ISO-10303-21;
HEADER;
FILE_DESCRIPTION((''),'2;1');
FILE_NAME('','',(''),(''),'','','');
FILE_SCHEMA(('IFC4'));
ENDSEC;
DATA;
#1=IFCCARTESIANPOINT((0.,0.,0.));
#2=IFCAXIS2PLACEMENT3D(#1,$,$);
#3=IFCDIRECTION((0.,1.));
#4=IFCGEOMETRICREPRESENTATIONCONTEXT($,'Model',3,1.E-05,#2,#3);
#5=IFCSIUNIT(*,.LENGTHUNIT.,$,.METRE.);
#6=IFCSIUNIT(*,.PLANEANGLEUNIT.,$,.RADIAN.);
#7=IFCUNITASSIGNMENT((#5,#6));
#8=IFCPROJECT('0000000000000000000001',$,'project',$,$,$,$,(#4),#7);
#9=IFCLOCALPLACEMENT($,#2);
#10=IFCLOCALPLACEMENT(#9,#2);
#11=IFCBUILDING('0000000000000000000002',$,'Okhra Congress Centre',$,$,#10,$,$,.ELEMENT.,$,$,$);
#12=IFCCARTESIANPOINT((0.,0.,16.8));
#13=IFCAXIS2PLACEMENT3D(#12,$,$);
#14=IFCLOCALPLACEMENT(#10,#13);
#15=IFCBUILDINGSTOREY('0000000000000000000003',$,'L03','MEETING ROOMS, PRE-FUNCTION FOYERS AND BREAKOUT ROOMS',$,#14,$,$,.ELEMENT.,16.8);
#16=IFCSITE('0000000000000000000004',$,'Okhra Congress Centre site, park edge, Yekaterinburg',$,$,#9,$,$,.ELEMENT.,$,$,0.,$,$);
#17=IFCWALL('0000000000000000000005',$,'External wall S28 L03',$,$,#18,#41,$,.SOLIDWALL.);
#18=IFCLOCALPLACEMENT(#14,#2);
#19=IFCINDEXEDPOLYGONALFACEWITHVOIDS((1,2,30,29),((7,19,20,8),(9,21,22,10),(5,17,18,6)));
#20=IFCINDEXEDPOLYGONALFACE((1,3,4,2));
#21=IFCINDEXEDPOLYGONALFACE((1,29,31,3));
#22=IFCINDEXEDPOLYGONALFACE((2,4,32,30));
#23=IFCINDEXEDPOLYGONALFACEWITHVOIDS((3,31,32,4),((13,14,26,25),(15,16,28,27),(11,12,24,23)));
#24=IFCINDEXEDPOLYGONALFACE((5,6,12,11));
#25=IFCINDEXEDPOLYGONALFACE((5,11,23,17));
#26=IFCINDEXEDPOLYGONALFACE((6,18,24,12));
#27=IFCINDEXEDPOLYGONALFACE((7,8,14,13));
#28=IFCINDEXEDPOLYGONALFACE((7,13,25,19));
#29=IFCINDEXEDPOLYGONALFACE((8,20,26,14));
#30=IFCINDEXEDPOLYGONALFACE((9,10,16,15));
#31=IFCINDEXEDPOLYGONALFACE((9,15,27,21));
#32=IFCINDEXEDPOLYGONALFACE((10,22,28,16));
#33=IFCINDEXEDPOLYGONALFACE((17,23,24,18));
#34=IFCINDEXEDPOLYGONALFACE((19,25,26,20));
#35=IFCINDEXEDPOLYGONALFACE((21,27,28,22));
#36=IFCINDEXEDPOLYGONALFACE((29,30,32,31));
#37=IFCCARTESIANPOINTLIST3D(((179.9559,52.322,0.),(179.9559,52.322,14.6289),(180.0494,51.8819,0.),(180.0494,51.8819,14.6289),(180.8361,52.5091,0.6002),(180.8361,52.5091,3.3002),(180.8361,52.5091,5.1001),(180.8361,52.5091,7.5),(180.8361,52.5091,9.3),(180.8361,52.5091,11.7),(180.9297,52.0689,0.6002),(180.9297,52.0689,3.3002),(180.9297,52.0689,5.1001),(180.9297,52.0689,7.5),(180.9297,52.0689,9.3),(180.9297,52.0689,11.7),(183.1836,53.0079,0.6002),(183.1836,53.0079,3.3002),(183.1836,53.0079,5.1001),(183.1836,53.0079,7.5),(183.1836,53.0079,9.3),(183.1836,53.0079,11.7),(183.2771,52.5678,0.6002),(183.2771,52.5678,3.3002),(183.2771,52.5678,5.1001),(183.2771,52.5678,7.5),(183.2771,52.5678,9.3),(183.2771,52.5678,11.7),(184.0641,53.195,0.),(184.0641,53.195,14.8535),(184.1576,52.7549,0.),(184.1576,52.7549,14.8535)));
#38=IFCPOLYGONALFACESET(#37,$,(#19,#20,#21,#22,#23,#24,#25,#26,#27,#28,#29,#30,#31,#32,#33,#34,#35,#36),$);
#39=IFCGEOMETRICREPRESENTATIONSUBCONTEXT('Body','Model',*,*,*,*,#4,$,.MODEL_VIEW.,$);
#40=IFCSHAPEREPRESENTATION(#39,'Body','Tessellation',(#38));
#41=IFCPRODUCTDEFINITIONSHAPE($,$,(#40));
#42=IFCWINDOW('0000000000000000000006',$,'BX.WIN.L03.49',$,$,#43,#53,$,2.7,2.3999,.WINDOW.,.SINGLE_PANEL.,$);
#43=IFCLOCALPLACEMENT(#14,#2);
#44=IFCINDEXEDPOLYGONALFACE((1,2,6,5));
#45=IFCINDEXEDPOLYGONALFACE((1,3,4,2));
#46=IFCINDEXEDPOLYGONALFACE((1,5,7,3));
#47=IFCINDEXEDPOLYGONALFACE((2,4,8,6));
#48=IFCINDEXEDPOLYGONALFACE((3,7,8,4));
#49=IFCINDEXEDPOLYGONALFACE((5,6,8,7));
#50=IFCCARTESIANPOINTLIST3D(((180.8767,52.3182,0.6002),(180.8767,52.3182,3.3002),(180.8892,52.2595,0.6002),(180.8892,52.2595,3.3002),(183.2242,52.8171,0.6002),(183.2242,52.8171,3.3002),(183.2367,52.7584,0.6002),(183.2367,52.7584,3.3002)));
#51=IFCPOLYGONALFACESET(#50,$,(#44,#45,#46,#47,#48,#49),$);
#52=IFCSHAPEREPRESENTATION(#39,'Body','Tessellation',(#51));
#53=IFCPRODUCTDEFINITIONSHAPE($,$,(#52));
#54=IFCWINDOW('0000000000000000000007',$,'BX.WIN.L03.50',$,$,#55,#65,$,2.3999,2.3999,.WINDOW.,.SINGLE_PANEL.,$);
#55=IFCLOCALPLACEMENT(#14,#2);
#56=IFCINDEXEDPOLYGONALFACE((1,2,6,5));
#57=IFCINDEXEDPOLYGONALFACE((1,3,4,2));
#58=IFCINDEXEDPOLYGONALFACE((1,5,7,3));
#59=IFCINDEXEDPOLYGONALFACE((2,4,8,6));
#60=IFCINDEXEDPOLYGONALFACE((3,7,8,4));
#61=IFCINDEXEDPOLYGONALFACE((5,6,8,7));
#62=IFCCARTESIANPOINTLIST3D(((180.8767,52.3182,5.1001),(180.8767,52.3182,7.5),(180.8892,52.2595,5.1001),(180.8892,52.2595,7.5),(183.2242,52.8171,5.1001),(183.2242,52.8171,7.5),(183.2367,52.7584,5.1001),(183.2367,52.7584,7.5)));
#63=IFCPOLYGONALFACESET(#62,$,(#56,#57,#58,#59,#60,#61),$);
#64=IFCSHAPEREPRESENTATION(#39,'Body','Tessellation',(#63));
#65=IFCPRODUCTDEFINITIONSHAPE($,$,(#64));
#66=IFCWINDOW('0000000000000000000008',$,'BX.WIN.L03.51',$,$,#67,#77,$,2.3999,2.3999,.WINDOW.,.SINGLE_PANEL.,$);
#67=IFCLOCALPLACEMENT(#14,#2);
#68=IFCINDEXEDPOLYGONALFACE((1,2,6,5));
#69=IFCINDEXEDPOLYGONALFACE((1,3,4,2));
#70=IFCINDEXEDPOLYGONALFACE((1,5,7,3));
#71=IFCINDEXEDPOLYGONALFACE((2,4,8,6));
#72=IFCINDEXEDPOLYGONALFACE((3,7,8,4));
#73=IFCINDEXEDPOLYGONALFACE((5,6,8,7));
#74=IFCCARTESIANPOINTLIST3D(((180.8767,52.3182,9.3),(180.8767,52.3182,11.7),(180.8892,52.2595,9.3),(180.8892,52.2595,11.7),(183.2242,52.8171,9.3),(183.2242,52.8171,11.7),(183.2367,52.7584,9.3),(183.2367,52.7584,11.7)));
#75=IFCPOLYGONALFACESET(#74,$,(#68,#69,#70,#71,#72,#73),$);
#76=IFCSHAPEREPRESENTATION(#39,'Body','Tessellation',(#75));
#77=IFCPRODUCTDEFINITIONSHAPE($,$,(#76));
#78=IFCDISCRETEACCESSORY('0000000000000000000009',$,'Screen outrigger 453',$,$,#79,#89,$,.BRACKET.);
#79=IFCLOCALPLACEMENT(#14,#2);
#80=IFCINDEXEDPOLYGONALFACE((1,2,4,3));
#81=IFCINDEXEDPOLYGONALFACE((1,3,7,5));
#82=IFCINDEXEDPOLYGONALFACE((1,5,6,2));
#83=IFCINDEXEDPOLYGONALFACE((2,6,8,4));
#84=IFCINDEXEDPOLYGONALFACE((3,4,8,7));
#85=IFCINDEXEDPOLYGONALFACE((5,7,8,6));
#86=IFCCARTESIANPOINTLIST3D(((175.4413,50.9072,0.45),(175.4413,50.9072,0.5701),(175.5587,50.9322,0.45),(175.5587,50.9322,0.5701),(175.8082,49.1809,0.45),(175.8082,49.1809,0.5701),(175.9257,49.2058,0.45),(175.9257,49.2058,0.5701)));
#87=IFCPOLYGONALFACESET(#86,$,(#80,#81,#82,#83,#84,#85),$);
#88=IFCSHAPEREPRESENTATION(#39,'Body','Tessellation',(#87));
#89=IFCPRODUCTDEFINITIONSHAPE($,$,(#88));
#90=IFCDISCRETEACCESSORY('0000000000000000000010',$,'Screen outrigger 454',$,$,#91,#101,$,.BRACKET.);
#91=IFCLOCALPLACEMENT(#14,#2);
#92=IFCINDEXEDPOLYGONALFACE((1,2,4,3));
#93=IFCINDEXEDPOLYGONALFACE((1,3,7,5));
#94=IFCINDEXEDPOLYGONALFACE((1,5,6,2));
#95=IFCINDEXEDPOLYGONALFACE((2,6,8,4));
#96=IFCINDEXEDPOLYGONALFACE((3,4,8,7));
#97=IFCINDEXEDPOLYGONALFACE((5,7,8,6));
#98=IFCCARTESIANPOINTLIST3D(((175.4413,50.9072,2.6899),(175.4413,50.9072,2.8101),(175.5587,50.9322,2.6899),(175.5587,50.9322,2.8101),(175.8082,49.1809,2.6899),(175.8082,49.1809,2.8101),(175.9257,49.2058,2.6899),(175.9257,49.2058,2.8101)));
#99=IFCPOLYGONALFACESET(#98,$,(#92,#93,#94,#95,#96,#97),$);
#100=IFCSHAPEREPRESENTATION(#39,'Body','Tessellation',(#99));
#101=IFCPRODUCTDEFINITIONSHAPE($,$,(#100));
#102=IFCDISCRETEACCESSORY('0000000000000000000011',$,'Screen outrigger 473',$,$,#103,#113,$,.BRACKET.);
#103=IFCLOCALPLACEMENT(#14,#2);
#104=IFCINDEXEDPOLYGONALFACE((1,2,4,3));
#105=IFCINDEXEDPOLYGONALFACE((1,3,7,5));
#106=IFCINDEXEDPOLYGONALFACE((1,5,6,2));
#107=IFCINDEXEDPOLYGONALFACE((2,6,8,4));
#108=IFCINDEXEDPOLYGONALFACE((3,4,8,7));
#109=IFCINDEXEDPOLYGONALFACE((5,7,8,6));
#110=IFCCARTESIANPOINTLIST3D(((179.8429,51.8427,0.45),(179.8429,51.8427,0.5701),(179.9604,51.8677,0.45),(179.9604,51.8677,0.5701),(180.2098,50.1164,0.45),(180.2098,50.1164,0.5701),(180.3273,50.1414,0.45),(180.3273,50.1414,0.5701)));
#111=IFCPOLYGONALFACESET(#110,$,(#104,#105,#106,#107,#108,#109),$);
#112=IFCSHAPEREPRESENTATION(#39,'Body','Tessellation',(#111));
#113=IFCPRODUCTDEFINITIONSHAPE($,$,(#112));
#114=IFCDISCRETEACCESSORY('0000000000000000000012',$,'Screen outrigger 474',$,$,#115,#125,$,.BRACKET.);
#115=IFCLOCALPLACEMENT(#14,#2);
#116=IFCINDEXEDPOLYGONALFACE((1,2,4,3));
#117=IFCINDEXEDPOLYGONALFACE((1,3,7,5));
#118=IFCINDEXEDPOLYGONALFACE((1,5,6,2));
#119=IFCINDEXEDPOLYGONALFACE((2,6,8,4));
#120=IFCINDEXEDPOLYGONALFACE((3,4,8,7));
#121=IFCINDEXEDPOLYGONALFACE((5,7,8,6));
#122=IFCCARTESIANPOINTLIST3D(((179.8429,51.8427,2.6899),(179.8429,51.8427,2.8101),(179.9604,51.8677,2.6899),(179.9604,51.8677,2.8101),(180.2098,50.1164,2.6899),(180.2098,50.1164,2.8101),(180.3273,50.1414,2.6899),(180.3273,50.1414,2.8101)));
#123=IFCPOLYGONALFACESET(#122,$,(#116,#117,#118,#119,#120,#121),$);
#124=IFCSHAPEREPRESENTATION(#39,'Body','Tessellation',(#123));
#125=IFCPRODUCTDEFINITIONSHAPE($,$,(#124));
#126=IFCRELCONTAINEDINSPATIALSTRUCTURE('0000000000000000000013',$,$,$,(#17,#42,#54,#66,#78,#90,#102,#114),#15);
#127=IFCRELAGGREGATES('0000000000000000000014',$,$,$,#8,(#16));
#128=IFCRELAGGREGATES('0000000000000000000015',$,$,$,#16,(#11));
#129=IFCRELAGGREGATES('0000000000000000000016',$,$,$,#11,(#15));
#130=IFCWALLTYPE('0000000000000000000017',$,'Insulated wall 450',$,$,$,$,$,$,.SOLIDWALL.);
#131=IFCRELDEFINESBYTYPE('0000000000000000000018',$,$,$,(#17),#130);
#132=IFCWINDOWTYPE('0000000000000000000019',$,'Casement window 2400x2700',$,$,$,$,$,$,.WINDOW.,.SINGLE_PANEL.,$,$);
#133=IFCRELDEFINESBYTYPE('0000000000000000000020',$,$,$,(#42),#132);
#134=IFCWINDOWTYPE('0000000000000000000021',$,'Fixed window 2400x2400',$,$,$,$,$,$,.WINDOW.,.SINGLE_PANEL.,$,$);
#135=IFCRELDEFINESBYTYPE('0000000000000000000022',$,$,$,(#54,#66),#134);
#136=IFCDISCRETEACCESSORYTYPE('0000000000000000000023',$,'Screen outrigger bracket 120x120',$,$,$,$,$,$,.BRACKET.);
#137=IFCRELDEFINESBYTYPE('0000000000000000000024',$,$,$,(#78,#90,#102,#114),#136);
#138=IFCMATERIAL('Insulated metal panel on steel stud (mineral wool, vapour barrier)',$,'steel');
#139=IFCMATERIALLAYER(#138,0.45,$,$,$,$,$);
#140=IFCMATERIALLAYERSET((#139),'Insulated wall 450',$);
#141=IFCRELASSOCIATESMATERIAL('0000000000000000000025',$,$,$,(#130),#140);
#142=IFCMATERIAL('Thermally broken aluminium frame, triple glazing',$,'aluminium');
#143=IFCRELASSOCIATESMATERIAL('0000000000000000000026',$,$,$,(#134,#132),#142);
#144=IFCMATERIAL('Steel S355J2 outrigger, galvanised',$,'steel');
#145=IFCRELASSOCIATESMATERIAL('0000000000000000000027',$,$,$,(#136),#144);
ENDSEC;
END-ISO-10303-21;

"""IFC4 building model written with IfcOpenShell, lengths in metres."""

from ifc_helpers import new_model, si_unit, direction, frame, frame_2d, origin, origin_2d, place, context, subcontext, project, spatial, polyline, rectangle, outline, extrude, material, layer, layer_set, material_profile, profile_set, type_object, element, fill, save


model = new_model("IFC4")

# Units and contexts
model_context = context("Model", 3, precision=1e-05, world=origin(), true_north=direction((0.0, 1.0)))
body_context = subcontext(model_context, "Body", "Model", "MODEL_VIEW")
ifc_project = project(units=[si_unit("LENGTHUNIT", "METRE"), si_unit("PLANEANGLEUNIT", "RADIAN")], contexts=[model_context])

# Site, building, storey
site_placement = place(None, origin())
site = spatial("IfcSite", under=ifc_project, at=site_placement, Name="Okhra Congress Centre site, park edge, Yekaterinburg", CompositionType="ELEMENT", RefElevation=0.0)
building_placement = place(site_placement, origin())
building = spatial("IfcBuilding", under=site, at=building_placement, Name="Okhra Congress Centre", CompositionType="ELEMENT")
storey_placement = place(building_placement, frame((0.0, 0.0, 16.8)))
storey = spatial("IfcBuildingStorey", under=building, at=storey_placement, Name="L03", Description="MEETING ROOMS, PRE-FUNCTION FOYERS AND BREAKOUT ROOMS", CompositionType="ELEMENT", Elevation=16.8)

# Wall, openings, windows
ifc_material_1 = material(Name="Insulated metal panel on steel stud (mineral wool, vapour barrier)", Category="steel")
ifc_layer_1 = layer(ifc_material_1, 0.45)
ifc_layer_set_1 = layer_set([ifc_layer_1], Name="Insulated wall 450")
wall_type_1 = type_object("IfcWallType", Name="Insulated wall 450", PredefinedType="SOLIDWALL", material=ifc_layer_set_1)
ifc_material_2 = material(Name="Thermally broken aluminium frame, triple glazing", Category="aluminium")
window_type_1 = type_object("IfcWindowType", Name="Fixed window 2400x2400", PartitioningType="SINGLE_PANEL", PredefinedType="WINDOW", material=ifc_material_2)
wall_1_placement = place(storey_placement, frame((180.0027, 52.1018, 0.0), z_axis=(0.0, 0.0, 1.0), x_axis=(0.978156, 0.207873, 0.0)))
wall_1 = element("IfcWall", 1, at=wall_1_placement, inside=storey, type_object=wall_type_1, Name="External wall S28 L03", PredefinedType="SOLIDWALL", context=body_context, shape_type="SweptSolid", body=[
    extrude(outline(polyline([(0.0, 0.0), (4.2, 0.0), (4.2, 14.8535), (0.0, 14.6289), (0.0, 0.0)])), frame((0.0, 0.2251, 0.0), z_axis=(0.0, -1.0, 0.0), x_axis=(1.0, 0.0, 0.0)), (0.0, 0.0, 1.0), 0.45),
])
opening_1_placement = place(wall_1_placement, frame((0.8999, 0.0, 0.6001)))
opening_1 = element("IfcOpeningElement", 2, at=opening_1_placement, cuts=wall_1, PredefinedType="OPENING", context=body_context, shape_type="SweptSolid", body=[
    extrude(rectangle(XDim=2.3999, YDim=2.7, at=frame_2d((1.2, 1.3501))), frame((0.0, 0.2349, 0.0), z_axis=(0.0, -1.0, 0.0), x_axis=(1.0, 0.0, 0.0)), (0.0, 0.0, 1.0), 0.47),
])
opening_2_placement = place(wall_1_placement, frame((0.8999, 0.0, 5.1001)))
opening_2 = element("IfcOpeningElement", 3, at=opening_2_placement, cuts=wall_1, PredefinedType="OPENING", context=body_context, shape_type="SweptSolid", body=[
    extrude(rectangle(XDim=2.3999, YDim=2.3999, at=frame_2d((1.2, 1.2))), frame((0.0, 0.2349, 0.0), z_axis=(0.0, -1.0, 0.0), x_axis=(1.0, 0.0, 0.0)), (0.0, 0.0, 1.0), 0.47),
])
opening_3_placement = place(wall_1_placement, frame((0.8999, 0.0, 9.3)))
opening_3 = element("IfcOpeningElement", 4, at=opening_3_placement, cuts=wall_1, PredefinedType="OPENING", context=body_context, shape_type="SweptSolid", body=[
    extrude(rectangle(XDim=2.3999, YDim=2.3999, at=frame_2d((1.2, 1.2))), frame((0.0, 0.2349, 0.0), z_axis=(0.0, -1.0, 0.0), x_axis=(1.0, 0.0, 0.0)), (0.0, 0.0, 1.0), 0.47),
])
window_type_2 = type_object("IfcWindowType", Name="Casement window 2400x2700", PartitioningType="SINGLE_PANEL", PredefinedType="WINDOW", material=ifc_material_2)
window_1_placement = place(opening_1_placement, origin())
window_1 = element("IfcWindow", 5, at=window_1_placement, inside=storey, type_object=window_type_2, Name="BX.WIN.L03.49", OverallHeight=2.7, OverallWidth=2.3999, PartitioningType="SINGLE_PANEL", PredefinedType="WINDOW", context=body_context, shape_type="SweptSolid", body=[
    extrude(rectangle(XDim=2.3999, YDim=2.7, at=frame_2d((1.2, 1.3501))), frame((0.0, 0.03, 0.0), z_axis=(0.0, -1.0, 0.0), x_axis=(1.0, 0.0, 0.0)), (0.0, 0.0, 1.0), 0.0601),
])
fill(opening_1, window_1)
window_2_placement = place(opening_2_placement, origin())
window_2 = element("IfcWindow", 6, at=window_2_placement, inside=storey, type_object=window_type_1, Name="BX.WIN.L03.50", OverallHeight=2.3999, OverallWidth=2.3999, PartitioningType="SINGLE_PANEL", PredefinedType="WINDOW", context=body_context, shape_type="SweptSolid", body=[
    extrude(rectangle(XDim=2.3999, YDim=2.3999, at=frame_2d((1.2, 1.2))), frame((0.0, 0.03, 0.0), z_axis=(0.0, -1.0, 0.0), x_axis=(1.0, 0.0, 0.0)), (0.0, 0.0, 1.0), 0.0601),
])
fill(opening_2, window_2)
window_3_placement = place(opening_3_placement, origin())
window_3 = element("IfcWindow", 7, at=window_3_placement, inside=storey, type_object=window_type_1, Name="BX.WIN.L03.51", OverallHeight=2.3999, OverallWidth=2.3999, PartitioningType="SINGLE_PANEL", PredefinedType="WINDOW", context=body_context, shape_type="SweptSolid", body=[
    extrude(rectangle(XDim=2.3999, YDim=2.3999, at=frame_2d((1.2, 1.2))), frame((0.0, 0.03, 0.0), z_axis=(0.0, -1.0, 0.0), x_axis=(1.0, 0.0, 0.0)), (0.0, 0.0, 1.0), 0.0601),
])
fill(opening_3, window_3)

# Discrete accessories
ifc_material_3 = material(Name="Steel S355J2 outrigger, galvanised", Category="steel")
ifc_material_profile_1 = material_profile(ifc_material_3, rectangle(XDim=0.1201, YDim=0.1201, at=origin_2d()), Name="Screen outrigger bracket 120x120")
ifc_profile_set_1 = profile_set([ifc_material_profile_1], Name="Steel S355J2 outrigger, galvanised")
discrete_accessory_type = type_object("IfcDiscreteAccessoryType", Name="Screen outrigger bracket 120x120", PredefinedType="BRACKET", material=ifc_profile_set_1)
for number, where, z_axis, x_axis, name in (
    (8, (175.5, 50.9197, 0.51), (0.207913, -0.978147, 0.0), (0.978147, 0.207913, 0.0), "Screen outrigger 453"),
    (9, (175.5, 50.9197, 2.75), (0.207913, -0.978147, 0.0), (0.978147, 0.207913, 0.0), "Screen outrigger 454"),
    (10, (179.9016, 51.8552, 0.51), (0.207913, -0.978147, 0.0), (0.978147, 0.207913, 0.0), "Screen outrigger 473"),
    (11, (179.9016, 51.8552, 2.75), (0.207913, -0.978147, 0.0), (0.978147, 0.207913, 0.0), "Screen outrigger 474"),
):
    element("IfcDiscreteAccessory", number, at=place(storey_placement, frame(where, z_axis=z_axis, x_axis=x_axis)), inside=storey, type_object=discrete_accessory_type, Name=name, PredefinedType="BRACKET", context=body_context, shape_type="SweptSolid", body=[
        extrude(rectangle(XDim=0.1201, YDim=0.1201, at=origin_2d()), origin(), (0.0, 0.0, 1.0), 1.7649),
    ])

save(model, "model.ifc")
